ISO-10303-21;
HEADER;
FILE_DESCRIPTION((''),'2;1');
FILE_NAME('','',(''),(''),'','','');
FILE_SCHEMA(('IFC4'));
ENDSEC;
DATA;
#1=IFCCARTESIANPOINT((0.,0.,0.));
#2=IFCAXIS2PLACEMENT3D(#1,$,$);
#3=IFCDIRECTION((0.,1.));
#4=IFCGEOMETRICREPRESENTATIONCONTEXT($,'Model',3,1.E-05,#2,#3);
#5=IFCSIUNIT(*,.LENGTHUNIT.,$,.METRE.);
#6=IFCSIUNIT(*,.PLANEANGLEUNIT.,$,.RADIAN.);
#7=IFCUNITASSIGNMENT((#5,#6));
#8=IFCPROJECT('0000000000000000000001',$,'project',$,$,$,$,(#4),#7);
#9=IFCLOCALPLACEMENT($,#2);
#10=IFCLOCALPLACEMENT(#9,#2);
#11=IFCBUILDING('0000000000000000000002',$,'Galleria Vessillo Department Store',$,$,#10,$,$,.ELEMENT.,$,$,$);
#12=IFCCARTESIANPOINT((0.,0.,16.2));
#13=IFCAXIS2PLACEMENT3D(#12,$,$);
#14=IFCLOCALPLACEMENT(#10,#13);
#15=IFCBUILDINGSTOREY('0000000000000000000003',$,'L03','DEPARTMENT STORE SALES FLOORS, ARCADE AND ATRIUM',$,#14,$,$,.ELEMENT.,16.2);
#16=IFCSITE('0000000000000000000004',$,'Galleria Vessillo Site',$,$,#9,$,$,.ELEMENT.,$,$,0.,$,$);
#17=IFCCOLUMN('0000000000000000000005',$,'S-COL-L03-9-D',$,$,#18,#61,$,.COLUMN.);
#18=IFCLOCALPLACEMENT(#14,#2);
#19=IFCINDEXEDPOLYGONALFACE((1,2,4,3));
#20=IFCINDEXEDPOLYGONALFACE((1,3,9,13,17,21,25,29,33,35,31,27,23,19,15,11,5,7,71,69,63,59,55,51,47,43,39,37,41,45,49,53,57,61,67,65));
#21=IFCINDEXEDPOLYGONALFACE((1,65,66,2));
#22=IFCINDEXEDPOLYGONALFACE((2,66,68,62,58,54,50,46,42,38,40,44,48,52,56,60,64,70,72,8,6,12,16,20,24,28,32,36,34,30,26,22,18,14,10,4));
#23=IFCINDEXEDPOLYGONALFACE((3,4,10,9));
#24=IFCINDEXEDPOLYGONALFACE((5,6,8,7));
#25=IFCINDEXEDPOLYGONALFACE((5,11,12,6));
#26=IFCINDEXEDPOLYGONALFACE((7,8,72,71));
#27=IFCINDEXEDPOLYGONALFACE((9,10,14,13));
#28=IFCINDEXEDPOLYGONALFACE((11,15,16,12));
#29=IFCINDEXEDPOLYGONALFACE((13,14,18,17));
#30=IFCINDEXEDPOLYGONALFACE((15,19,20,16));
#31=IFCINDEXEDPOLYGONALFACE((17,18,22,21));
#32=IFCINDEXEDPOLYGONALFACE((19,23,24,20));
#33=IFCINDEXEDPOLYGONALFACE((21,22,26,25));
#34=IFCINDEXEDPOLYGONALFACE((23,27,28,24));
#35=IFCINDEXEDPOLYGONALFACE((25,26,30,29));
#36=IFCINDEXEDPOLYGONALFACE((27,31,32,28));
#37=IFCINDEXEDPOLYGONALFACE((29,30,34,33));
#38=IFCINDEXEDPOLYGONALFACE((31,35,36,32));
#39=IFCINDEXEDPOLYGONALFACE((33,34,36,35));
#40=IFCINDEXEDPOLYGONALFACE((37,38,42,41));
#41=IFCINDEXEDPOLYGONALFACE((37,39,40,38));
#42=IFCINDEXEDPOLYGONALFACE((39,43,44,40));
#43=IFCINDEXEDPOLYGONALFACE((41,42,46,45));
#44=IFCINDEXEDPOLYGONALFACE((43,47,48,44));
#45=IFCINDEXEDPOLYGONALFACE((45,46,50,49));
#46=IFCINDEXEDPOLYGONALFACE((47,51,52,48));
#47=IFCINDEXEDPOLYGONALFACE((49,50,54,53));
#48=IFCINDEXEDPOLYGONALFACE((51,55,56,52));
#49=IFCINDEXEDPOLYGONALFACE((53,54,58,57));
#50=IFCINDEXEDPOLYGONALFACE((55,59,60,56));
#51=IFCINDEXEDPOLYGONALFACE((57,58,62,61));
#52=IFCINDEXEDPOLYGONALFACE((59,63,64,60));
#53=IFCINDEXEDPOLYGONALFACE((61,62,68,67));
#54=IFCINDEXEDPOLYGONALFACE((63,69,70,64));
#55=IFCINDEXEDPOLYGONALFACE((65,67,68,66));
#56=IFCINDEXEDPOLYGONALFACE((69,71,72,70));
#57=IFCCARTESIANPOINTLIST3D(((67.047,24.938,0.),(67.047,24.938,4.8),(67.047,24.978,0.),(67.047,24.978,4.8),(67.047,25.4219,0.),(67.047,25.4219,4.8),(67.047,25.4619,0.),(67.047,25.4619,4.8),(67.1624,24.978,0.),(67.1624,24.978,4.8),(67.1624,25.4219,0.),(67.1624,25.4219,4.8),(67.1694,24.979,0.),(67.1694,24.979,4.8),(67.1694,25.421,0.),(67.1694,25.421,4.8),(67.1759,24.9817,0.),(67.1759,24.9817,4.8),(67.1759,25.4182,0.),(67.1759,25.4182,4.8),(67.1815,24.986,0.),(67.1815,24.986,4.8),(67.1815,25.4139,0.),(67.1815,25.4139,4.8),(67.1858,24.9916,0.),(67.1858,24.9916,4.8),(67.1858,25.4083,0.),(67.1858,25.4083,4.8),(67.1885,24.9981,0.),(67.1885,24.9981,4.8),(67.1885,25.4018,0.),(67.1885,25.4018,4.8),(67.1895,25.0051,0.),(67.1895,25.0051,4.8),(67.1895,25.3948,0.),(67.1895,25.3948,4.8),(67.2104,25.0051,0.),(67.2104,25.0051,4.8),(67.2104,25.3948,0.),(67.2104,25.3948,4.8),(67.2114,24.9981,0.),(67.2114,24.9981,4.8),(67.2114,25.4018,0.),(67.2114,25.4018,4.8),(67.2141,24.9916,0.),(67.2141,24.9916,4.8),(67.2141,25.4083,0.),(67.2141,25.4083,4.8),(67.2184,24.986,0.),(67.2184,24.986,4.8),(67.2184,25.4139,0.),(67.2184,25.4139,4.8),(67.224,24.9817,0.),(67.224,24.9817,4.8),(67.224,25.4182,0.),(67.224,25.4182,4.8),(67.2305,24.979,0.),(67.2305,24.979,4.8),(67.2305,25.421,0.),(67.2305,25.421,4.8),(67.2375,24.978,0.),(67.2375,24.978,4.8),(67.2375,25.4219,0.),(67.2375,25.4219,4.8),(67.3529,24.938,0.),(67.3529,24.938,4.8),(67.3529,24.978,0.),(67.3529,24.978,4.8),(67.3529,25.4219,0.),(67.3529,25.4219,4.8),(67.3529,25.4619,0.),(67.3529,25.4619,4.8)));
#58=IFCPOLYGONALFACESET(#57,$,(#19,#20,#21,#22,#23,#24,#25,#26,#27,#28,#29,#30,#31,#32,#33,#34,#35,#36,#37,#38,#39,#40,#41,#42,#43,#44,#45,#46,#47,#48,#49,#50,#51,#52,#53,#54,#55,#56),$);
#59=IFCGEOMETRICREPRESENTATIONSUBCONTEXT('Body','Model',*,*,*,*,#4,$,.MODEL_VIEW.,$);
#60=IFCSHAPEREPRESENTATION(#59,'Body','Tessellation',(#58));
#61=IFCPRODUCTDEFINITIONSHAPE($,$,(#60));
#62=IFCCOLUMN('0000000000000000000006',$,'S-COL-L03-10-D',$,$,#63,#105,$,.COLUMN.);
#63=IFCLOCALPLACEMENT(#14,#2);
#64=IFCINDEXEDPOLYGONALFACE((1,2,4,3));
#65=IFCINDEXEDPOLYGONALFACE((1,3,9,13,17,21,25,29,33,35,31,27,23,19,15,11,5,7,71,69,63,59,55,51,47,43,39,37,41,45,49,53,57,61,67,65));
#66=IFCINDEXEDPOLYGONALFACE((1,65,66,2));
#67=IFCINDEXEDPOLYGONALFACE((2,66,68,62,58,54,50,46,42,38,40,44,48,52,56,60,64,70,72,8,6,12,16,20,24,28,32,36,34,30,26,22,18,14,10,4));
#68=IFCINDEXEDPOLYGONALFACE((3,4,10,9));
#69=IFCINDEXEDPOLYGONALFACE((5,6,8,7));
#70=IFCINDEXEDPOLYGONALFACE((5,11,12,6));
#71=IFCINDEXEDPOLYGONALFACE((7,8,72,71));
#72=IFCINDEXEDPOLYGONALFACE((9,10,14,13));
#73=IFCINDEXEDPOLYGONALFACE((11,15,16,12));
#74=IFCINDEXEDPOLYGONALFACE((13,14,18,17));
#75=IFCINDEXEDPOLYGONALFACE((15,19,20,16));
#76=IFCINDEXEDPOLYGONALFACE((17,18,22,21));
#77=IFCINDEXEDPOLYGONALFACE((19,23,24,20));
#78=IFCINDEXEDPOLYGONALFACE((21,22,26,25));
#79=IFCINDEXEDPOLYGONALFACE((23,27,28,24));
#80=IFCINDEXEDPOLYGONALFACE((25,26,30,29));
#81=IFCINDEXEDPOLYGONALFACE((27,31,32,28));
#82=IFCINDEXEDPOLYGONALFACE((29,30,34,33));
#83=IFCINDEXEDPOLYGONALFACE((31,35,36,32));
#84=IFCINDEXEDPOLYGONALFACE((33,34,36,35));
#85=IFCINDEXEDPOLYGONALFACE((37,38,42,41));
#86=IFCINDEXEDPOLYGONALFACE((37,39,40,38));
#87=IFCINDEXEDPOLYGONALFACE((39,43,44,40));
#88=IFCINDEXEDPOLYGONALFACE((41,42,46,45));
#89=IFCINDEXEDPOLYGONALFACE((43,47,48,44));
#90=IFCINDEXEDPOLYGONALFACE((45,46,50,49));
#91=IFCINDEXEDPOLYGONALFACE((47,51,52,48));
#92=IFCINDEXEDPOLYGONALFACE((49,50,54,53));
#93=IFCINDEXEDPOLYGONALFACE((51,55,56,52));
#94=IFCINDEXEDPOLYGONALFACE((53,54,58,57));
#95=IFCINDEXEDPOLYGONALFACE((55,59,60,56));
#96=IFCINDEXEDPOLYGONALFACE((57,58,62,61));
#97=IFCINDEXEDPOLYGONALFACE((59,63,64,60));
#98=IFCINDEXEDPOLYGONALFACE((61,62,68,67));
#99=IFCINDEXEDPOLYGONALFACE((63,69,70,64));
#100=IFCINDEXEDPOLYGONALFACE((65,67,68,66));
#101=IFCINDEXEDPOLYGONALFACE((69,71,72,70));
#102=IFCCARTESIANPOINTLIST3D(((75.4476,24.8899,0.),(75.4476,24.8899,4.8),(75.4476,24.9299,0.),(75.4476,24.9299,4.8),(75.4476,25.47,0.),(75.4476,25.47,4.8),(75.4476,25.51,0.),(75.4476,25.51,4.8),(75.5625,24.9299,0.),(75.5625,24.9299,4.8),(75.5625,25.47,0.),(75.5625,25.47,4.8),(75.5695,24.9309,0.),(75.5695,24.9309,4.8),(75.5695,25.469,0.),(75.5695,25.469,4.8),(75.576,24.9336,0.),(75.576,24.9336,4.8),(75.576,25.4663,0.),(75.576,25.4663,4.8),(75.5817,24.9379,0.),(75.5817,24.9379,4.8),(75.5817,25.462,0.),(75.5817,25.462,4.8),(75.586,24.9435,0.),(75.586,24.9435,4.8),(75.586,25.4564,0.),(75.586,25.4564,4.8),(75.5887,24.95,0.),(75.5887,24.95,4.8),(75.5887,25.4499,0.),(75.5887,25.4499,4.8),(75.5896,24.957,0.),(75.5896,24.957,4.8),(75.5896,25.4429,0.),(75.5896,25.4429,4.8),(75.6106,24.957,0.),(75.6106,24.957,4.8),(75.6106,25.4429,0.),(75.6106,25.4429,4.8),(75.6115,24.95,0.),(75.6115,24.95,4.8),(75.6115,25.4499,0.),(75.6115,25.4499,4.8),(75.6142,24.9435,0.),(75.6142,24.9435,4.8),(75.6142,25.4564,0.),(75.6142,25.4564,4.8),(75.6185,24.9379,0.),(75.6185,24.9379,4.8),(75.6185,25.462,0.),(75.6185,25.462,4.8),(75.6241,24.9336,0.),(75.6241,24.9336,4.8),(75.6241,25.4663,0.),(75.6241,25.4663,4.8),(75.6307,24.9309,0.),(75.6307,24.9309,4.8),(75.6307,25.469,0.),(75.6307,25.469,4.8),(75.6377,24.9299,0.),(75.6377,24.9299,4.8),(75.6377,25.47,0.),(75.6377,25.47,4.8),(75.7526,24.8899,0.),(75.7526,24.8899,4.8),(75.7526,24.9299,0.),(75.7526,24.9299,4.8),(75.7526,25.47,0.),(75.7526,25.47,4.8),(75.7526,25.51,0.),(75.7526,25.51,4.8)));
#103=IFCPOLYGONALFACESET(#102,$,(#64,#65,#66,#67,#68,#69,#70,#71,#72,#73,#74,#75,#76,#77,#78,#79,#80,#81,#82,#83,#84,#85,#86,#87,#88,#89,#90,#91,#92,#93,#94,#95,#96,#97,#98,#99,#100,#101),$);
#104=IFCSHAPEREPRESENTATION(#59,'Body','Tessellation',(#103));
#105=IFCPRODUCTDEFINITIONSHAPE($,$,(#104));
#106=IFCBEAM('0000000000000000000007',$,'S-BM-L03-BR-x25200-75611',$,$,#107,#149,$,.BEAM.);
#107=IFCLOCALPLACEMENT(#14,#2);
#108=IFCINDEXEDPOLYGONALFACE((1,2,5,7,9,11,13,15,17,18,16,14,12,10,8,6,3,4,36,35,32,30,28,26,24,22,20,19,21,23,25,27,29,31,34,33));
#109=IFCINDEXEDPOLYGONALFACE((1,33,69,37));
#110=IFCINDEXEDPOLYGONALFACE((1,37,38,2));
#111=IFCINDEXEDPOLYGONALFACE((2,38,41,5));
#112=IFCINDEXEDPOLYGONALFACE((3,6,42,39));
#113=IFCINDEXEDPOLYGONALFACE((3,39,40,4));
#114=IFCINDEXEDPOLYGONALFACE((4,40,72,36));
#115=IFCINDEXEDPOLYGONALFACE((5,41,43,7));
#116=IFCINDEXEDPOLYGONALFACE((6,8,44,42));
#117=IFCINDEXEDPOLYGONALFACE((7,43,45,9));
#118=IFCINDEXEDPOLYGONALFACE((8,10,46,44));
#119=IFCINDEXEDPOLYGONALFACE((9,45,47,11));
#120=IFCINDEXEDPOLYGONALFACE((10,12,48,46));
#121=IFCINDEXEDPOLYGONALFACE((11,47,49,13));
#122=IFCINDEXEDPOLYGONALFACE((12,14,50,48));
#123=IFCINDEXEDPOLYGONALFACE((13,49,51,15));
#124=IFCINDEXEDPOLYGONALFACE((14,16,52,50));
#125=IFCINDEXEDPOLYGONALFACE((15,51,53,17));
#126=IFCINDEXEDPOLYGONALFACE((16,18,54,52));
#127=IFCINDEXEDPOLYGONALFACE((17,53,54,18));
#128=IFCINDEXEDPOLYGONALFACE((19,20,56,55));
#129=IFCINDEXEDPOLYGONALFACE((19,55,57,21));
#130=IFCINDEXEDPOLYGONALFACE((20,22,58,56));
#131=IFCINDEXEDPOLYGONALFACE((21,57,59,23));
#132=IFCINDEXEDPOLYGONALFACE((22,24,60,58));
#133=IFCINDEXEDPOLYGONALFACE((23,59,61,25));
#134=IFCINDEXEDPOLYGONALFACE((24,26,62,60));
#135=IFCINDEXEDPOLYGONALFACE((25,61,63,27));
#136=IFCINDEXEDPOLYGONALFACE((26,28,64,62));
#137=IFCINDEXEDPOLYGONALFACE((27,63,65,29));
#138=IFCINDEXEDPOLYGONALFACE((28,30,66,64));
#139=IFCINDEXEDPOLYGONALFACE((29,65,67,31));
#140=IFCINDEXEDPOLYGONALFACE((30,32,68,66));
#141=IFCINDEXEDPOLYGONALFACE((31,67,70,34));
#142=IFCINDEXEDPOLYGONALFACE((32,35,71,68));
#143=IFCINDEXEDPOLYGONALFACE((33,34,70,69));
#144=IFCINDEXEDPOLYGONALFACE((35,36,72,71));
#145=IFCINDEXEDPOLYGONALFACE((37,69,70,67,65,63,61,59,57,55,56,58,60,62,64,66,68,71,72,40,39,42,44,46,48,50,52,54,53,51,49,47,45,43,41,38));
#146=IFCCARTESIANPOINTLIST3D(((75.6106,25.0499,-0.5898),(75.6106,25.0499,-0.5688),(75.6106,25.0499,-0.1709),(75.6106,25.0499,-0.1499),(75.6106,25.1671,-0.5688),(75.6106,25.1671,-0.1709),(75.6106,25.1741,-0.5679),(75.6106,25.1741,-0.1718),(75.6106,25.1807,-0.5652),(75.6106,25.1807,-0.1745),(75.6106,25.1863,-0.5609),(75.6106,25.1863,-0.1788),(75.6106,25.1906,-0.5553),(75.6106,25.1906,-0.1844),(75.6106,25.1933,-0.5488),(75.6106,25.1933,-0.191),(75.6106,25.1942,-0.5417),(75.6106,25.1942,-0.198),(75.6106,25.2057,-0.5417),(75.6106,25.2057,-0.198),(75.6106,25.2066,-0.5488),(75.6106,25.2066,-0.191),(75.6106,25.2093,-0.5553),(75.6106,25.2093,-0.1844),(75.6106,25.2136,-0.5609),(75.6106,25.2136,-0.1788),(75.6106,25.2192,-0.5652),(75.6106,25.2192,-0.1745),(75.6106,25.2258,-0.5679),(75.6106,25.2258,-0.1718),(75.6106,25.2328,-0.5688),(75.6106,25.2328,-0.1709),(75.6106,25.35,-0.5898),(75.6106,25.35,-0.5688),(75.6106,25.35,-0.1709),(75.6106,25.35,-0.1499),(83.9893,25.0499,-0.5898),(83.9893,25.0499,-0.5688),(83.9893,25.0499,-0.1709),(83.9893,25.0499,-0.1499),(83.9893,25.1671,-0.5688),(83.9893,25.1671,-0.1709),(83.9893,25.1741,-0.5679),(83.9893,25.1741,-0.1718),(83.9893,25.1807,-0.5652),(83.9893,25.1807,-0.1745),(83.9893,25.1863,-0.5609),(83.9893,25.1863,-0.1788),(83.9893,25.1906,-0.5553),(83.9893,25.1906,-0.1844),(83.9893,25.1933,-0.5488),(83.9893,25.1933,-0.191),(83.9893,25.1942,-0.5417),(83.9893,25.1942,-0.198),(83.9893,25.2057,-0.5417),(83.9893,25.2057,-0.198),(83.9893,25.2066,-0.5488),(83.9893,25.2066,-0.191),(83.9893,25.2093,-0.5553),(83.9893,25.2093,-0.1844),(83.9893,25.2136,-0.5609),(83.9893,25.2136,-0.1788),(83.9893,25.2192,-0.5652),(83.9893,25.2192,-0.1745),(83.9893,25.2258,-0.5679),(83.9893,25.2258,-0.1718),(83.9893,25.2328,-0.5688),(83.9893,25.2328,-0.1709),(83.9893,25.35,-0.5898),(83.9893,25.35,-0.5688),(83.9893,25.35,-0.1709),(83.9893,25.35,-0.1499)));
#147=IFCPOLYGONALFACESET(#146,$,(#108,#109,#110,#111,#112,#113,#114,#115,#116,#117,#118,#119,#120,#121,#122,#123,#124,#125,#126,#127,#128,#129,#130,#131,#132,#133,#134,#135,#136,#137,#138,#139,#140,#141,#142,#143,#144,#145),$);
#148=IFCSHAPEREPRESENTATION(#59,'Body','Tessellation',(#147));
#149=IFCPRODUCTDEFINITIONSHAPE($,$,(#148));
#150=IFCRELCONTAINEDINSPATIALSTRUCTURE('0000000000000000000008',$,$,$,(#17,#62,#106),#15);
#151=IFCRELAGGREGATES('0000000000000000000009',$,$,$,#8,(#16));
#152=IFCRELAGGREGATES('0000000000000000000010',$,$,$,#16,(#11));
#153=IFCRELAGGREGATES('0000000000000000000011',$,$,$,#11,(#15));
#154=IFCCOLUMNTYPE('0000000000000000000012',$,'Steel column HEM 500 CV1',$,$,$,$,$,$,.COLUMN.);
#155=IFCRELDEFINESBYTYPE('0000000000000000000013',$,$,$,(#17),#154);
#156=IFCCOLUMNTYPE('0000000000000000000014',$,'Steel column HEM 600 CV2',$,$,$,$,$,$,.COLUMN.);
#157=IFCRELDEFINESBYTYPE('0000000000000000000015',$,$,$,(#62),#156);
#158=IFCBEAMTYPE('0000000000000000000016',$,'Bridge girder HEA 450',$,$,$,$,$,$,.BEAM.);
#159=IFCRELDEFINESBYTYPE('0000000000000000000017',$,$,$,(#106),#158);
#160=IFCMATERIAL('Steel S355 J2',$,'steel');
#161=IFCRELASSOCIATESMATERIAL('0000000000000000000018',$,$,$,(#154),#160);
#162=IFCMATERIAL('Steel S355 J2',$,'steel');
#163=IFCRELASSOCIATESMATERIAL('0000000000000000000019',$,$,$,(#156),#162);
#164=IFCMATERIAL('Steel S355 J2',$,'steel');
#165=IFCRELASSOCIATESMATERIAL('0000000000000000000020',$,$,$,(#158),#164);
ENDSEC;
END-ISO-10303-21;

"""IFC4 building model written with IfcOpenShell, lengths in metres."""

from ifc_helpers import new_model, si_unit, direction, frame, origin, origin_2d, place, context, subcontext, project, spatial, i_section, extrude, material, material_profile, profile_set, type_object, element, save


model = new_model("IFC4")

# Units and contexts
model_context = context("Model", 3, precision=1e-05, world=origin(), true_north=direction((0.0, 1.0)))
body_context = subcontext(model_context, "Body", "Model", "MODEL_VIEW")
ifc_project = project(units=[si_unit("LENGTHUNIT", "METRE"), si_unit("PLANEANGLEUNIT", "RADIAN")], contexts=[model_context])

# Site, building, storey
site_placement = place(None, origin())
site = spatial("IfcSite", under=ifc_project, at=site_placement, Name="Galleria Vessillo Site", CompositionType="ELEMENT", RefElevation=0.0)
building_placement = place(site_placement, origin())
building = spatial("IfcBuilding", under=site, at=building_placement, Name="Galleria Vessillo Department Store", CompositionType="ELEMENT")
storey_placement = place(building_placement, frame((0.0, 0.0, 16.2)))
storey = spatial("IfcBuildingStorey", under=building, at=storey_placement, Name="L03", Description="DEPARTMENT STORE SALES FLOORS, ARCADE AND ATRIUM", CompositionType="ELEMENT", Elevation=16.2)

# Columns
ifc_material_1 = material(Name="Steel S355 J2", Category="steel")
ifc_material_profile_1 = material_profile(ifc_material_1, i_section(OverallWidth=0.3059, OverallDepth=0.5239, WebThickness=0.021, FlangeThickness=0.04, FilletRadius=0.0271, at=origin_2d()), Name="HEM 500")
ifc_profile_set_1 = profile_set([ifc_material_profile_1], Name="Steel S355 J2")
column_type_1 = type_object("IfcColumnType", Name="Steel column HEM 500 CV1", PredefinedType="COLUMN", material=ifc_profile_set_1)
for number, where, z_axis, x_axis, name in (
    (1, (67.2, 25.2, 0.0), (0.0, 0.0, 1.0), (1.0, 0.0, 0.0), "S-COL-L03-9-D"),
):
    element("IfcColumn", number, at=place(storey_placement, frame(where, z_axis=z_axis, x_axis=x_axis)), inside=storey, type_object=column_type_1, Name=name, PredefinedType="COLUMN", context=body_context, shape_type="SweptSolid", body=[
        extrude(i_section(OverallWidth=0.3059, OverallDepth=0.5239, WebThickness=0.021, FlangeThickness=0.04, FilletRadius=0.0271, at=origin_2d()), origin(), (0.0, 0.0, 1.0), 4.8),
    ])
ifc_material_2 = material(Name="Steel S355 J2", Category="steel")
ifc_material_profile_2 = material_profile(ifc_material_2, i_section(OverallWidth=0.3049, OverallDepth=0.6201, WebThickness=0.021, FlangeThickness=0.04, FilletRadius=0.0271, at=origin_2d()), Name="HEM 600")
ifc_profile_set_2 = profile_set([ifc_material_profile_2], Name="Steel S355 J2")
column_type_2 = type_object("IfcColumnType", Name="Steel column HEM 600 CV2", PredefinedType="COLUMN", material=ifc_profile_set_2)
column_placement = place(storey_placement, frame((75.6001, 25.2, 0.0), z_axis=(0.0, 0.0, 1.0), x_axis=(1.0, 0.0, 0.0)))
element("IfcColumn", 2, at=column_placement, inside=storey, type_object=column_type_2, Name="S-COL-L03-10-D", PredefinedType="COLUMN", context=body_context, shape_type="SweptSolid", body=[
    extrude(i_section(OverallWidth=0.3049, OverallDepth=0.6201, WebThickness=0.021, FlangeThickness=0.04, FilletRadius=0.0271, at=origin_2d()), origin(), (0.0, 0.0, 1.0), 4.8),
])

# Beam
ifc_material_3 = material(Name="Steel S355 J2", Category="steel")
ifc_material_profile_3 = material_profile(ifc_material_3, i_section(OverallWidth=0.3, OverallDepth=0.4399, WebThickness=0.0115, FlangeThickness=0.021, FilletRadius=0.0271, at=origin_2d()), Name="HEA 450")
ifc_profile_set_3 = profile_set([ifc_material_profile_3], Name="Steel S355 J2")
beam_type_1 = type_object("IfcBeamType", Name="Bridge girder HEA 450", PredefinedType="BEAM", material=ifc_profile_set_3)
beam_1_placement = place(storey_placement, frame((75.6106, 25.2, -0.3699), z_axis=(1.0, 0.0, 0.0), x_axis=(0.0, 1.0, 0.0)))
element("IfcBeam", 3, at=beam_1_placement, inside=storey, type_object=beam_type_1, Name="S-BM-L03-BR-x25200-75611", PredefinedType="BEAM", context=body_context, shape_type="SweptSolid", body=[
    extrude(i_section(OverallWidth=0.3, OverallDepth=0.4399, WebThickness=0.0115, FlangeThickness=0.021, FilletRadius=0.0271, at=origin_2d()), origin(), (0.0, 0.0, 1.0), 8.3787),
])

save(model, "model.ifc")
